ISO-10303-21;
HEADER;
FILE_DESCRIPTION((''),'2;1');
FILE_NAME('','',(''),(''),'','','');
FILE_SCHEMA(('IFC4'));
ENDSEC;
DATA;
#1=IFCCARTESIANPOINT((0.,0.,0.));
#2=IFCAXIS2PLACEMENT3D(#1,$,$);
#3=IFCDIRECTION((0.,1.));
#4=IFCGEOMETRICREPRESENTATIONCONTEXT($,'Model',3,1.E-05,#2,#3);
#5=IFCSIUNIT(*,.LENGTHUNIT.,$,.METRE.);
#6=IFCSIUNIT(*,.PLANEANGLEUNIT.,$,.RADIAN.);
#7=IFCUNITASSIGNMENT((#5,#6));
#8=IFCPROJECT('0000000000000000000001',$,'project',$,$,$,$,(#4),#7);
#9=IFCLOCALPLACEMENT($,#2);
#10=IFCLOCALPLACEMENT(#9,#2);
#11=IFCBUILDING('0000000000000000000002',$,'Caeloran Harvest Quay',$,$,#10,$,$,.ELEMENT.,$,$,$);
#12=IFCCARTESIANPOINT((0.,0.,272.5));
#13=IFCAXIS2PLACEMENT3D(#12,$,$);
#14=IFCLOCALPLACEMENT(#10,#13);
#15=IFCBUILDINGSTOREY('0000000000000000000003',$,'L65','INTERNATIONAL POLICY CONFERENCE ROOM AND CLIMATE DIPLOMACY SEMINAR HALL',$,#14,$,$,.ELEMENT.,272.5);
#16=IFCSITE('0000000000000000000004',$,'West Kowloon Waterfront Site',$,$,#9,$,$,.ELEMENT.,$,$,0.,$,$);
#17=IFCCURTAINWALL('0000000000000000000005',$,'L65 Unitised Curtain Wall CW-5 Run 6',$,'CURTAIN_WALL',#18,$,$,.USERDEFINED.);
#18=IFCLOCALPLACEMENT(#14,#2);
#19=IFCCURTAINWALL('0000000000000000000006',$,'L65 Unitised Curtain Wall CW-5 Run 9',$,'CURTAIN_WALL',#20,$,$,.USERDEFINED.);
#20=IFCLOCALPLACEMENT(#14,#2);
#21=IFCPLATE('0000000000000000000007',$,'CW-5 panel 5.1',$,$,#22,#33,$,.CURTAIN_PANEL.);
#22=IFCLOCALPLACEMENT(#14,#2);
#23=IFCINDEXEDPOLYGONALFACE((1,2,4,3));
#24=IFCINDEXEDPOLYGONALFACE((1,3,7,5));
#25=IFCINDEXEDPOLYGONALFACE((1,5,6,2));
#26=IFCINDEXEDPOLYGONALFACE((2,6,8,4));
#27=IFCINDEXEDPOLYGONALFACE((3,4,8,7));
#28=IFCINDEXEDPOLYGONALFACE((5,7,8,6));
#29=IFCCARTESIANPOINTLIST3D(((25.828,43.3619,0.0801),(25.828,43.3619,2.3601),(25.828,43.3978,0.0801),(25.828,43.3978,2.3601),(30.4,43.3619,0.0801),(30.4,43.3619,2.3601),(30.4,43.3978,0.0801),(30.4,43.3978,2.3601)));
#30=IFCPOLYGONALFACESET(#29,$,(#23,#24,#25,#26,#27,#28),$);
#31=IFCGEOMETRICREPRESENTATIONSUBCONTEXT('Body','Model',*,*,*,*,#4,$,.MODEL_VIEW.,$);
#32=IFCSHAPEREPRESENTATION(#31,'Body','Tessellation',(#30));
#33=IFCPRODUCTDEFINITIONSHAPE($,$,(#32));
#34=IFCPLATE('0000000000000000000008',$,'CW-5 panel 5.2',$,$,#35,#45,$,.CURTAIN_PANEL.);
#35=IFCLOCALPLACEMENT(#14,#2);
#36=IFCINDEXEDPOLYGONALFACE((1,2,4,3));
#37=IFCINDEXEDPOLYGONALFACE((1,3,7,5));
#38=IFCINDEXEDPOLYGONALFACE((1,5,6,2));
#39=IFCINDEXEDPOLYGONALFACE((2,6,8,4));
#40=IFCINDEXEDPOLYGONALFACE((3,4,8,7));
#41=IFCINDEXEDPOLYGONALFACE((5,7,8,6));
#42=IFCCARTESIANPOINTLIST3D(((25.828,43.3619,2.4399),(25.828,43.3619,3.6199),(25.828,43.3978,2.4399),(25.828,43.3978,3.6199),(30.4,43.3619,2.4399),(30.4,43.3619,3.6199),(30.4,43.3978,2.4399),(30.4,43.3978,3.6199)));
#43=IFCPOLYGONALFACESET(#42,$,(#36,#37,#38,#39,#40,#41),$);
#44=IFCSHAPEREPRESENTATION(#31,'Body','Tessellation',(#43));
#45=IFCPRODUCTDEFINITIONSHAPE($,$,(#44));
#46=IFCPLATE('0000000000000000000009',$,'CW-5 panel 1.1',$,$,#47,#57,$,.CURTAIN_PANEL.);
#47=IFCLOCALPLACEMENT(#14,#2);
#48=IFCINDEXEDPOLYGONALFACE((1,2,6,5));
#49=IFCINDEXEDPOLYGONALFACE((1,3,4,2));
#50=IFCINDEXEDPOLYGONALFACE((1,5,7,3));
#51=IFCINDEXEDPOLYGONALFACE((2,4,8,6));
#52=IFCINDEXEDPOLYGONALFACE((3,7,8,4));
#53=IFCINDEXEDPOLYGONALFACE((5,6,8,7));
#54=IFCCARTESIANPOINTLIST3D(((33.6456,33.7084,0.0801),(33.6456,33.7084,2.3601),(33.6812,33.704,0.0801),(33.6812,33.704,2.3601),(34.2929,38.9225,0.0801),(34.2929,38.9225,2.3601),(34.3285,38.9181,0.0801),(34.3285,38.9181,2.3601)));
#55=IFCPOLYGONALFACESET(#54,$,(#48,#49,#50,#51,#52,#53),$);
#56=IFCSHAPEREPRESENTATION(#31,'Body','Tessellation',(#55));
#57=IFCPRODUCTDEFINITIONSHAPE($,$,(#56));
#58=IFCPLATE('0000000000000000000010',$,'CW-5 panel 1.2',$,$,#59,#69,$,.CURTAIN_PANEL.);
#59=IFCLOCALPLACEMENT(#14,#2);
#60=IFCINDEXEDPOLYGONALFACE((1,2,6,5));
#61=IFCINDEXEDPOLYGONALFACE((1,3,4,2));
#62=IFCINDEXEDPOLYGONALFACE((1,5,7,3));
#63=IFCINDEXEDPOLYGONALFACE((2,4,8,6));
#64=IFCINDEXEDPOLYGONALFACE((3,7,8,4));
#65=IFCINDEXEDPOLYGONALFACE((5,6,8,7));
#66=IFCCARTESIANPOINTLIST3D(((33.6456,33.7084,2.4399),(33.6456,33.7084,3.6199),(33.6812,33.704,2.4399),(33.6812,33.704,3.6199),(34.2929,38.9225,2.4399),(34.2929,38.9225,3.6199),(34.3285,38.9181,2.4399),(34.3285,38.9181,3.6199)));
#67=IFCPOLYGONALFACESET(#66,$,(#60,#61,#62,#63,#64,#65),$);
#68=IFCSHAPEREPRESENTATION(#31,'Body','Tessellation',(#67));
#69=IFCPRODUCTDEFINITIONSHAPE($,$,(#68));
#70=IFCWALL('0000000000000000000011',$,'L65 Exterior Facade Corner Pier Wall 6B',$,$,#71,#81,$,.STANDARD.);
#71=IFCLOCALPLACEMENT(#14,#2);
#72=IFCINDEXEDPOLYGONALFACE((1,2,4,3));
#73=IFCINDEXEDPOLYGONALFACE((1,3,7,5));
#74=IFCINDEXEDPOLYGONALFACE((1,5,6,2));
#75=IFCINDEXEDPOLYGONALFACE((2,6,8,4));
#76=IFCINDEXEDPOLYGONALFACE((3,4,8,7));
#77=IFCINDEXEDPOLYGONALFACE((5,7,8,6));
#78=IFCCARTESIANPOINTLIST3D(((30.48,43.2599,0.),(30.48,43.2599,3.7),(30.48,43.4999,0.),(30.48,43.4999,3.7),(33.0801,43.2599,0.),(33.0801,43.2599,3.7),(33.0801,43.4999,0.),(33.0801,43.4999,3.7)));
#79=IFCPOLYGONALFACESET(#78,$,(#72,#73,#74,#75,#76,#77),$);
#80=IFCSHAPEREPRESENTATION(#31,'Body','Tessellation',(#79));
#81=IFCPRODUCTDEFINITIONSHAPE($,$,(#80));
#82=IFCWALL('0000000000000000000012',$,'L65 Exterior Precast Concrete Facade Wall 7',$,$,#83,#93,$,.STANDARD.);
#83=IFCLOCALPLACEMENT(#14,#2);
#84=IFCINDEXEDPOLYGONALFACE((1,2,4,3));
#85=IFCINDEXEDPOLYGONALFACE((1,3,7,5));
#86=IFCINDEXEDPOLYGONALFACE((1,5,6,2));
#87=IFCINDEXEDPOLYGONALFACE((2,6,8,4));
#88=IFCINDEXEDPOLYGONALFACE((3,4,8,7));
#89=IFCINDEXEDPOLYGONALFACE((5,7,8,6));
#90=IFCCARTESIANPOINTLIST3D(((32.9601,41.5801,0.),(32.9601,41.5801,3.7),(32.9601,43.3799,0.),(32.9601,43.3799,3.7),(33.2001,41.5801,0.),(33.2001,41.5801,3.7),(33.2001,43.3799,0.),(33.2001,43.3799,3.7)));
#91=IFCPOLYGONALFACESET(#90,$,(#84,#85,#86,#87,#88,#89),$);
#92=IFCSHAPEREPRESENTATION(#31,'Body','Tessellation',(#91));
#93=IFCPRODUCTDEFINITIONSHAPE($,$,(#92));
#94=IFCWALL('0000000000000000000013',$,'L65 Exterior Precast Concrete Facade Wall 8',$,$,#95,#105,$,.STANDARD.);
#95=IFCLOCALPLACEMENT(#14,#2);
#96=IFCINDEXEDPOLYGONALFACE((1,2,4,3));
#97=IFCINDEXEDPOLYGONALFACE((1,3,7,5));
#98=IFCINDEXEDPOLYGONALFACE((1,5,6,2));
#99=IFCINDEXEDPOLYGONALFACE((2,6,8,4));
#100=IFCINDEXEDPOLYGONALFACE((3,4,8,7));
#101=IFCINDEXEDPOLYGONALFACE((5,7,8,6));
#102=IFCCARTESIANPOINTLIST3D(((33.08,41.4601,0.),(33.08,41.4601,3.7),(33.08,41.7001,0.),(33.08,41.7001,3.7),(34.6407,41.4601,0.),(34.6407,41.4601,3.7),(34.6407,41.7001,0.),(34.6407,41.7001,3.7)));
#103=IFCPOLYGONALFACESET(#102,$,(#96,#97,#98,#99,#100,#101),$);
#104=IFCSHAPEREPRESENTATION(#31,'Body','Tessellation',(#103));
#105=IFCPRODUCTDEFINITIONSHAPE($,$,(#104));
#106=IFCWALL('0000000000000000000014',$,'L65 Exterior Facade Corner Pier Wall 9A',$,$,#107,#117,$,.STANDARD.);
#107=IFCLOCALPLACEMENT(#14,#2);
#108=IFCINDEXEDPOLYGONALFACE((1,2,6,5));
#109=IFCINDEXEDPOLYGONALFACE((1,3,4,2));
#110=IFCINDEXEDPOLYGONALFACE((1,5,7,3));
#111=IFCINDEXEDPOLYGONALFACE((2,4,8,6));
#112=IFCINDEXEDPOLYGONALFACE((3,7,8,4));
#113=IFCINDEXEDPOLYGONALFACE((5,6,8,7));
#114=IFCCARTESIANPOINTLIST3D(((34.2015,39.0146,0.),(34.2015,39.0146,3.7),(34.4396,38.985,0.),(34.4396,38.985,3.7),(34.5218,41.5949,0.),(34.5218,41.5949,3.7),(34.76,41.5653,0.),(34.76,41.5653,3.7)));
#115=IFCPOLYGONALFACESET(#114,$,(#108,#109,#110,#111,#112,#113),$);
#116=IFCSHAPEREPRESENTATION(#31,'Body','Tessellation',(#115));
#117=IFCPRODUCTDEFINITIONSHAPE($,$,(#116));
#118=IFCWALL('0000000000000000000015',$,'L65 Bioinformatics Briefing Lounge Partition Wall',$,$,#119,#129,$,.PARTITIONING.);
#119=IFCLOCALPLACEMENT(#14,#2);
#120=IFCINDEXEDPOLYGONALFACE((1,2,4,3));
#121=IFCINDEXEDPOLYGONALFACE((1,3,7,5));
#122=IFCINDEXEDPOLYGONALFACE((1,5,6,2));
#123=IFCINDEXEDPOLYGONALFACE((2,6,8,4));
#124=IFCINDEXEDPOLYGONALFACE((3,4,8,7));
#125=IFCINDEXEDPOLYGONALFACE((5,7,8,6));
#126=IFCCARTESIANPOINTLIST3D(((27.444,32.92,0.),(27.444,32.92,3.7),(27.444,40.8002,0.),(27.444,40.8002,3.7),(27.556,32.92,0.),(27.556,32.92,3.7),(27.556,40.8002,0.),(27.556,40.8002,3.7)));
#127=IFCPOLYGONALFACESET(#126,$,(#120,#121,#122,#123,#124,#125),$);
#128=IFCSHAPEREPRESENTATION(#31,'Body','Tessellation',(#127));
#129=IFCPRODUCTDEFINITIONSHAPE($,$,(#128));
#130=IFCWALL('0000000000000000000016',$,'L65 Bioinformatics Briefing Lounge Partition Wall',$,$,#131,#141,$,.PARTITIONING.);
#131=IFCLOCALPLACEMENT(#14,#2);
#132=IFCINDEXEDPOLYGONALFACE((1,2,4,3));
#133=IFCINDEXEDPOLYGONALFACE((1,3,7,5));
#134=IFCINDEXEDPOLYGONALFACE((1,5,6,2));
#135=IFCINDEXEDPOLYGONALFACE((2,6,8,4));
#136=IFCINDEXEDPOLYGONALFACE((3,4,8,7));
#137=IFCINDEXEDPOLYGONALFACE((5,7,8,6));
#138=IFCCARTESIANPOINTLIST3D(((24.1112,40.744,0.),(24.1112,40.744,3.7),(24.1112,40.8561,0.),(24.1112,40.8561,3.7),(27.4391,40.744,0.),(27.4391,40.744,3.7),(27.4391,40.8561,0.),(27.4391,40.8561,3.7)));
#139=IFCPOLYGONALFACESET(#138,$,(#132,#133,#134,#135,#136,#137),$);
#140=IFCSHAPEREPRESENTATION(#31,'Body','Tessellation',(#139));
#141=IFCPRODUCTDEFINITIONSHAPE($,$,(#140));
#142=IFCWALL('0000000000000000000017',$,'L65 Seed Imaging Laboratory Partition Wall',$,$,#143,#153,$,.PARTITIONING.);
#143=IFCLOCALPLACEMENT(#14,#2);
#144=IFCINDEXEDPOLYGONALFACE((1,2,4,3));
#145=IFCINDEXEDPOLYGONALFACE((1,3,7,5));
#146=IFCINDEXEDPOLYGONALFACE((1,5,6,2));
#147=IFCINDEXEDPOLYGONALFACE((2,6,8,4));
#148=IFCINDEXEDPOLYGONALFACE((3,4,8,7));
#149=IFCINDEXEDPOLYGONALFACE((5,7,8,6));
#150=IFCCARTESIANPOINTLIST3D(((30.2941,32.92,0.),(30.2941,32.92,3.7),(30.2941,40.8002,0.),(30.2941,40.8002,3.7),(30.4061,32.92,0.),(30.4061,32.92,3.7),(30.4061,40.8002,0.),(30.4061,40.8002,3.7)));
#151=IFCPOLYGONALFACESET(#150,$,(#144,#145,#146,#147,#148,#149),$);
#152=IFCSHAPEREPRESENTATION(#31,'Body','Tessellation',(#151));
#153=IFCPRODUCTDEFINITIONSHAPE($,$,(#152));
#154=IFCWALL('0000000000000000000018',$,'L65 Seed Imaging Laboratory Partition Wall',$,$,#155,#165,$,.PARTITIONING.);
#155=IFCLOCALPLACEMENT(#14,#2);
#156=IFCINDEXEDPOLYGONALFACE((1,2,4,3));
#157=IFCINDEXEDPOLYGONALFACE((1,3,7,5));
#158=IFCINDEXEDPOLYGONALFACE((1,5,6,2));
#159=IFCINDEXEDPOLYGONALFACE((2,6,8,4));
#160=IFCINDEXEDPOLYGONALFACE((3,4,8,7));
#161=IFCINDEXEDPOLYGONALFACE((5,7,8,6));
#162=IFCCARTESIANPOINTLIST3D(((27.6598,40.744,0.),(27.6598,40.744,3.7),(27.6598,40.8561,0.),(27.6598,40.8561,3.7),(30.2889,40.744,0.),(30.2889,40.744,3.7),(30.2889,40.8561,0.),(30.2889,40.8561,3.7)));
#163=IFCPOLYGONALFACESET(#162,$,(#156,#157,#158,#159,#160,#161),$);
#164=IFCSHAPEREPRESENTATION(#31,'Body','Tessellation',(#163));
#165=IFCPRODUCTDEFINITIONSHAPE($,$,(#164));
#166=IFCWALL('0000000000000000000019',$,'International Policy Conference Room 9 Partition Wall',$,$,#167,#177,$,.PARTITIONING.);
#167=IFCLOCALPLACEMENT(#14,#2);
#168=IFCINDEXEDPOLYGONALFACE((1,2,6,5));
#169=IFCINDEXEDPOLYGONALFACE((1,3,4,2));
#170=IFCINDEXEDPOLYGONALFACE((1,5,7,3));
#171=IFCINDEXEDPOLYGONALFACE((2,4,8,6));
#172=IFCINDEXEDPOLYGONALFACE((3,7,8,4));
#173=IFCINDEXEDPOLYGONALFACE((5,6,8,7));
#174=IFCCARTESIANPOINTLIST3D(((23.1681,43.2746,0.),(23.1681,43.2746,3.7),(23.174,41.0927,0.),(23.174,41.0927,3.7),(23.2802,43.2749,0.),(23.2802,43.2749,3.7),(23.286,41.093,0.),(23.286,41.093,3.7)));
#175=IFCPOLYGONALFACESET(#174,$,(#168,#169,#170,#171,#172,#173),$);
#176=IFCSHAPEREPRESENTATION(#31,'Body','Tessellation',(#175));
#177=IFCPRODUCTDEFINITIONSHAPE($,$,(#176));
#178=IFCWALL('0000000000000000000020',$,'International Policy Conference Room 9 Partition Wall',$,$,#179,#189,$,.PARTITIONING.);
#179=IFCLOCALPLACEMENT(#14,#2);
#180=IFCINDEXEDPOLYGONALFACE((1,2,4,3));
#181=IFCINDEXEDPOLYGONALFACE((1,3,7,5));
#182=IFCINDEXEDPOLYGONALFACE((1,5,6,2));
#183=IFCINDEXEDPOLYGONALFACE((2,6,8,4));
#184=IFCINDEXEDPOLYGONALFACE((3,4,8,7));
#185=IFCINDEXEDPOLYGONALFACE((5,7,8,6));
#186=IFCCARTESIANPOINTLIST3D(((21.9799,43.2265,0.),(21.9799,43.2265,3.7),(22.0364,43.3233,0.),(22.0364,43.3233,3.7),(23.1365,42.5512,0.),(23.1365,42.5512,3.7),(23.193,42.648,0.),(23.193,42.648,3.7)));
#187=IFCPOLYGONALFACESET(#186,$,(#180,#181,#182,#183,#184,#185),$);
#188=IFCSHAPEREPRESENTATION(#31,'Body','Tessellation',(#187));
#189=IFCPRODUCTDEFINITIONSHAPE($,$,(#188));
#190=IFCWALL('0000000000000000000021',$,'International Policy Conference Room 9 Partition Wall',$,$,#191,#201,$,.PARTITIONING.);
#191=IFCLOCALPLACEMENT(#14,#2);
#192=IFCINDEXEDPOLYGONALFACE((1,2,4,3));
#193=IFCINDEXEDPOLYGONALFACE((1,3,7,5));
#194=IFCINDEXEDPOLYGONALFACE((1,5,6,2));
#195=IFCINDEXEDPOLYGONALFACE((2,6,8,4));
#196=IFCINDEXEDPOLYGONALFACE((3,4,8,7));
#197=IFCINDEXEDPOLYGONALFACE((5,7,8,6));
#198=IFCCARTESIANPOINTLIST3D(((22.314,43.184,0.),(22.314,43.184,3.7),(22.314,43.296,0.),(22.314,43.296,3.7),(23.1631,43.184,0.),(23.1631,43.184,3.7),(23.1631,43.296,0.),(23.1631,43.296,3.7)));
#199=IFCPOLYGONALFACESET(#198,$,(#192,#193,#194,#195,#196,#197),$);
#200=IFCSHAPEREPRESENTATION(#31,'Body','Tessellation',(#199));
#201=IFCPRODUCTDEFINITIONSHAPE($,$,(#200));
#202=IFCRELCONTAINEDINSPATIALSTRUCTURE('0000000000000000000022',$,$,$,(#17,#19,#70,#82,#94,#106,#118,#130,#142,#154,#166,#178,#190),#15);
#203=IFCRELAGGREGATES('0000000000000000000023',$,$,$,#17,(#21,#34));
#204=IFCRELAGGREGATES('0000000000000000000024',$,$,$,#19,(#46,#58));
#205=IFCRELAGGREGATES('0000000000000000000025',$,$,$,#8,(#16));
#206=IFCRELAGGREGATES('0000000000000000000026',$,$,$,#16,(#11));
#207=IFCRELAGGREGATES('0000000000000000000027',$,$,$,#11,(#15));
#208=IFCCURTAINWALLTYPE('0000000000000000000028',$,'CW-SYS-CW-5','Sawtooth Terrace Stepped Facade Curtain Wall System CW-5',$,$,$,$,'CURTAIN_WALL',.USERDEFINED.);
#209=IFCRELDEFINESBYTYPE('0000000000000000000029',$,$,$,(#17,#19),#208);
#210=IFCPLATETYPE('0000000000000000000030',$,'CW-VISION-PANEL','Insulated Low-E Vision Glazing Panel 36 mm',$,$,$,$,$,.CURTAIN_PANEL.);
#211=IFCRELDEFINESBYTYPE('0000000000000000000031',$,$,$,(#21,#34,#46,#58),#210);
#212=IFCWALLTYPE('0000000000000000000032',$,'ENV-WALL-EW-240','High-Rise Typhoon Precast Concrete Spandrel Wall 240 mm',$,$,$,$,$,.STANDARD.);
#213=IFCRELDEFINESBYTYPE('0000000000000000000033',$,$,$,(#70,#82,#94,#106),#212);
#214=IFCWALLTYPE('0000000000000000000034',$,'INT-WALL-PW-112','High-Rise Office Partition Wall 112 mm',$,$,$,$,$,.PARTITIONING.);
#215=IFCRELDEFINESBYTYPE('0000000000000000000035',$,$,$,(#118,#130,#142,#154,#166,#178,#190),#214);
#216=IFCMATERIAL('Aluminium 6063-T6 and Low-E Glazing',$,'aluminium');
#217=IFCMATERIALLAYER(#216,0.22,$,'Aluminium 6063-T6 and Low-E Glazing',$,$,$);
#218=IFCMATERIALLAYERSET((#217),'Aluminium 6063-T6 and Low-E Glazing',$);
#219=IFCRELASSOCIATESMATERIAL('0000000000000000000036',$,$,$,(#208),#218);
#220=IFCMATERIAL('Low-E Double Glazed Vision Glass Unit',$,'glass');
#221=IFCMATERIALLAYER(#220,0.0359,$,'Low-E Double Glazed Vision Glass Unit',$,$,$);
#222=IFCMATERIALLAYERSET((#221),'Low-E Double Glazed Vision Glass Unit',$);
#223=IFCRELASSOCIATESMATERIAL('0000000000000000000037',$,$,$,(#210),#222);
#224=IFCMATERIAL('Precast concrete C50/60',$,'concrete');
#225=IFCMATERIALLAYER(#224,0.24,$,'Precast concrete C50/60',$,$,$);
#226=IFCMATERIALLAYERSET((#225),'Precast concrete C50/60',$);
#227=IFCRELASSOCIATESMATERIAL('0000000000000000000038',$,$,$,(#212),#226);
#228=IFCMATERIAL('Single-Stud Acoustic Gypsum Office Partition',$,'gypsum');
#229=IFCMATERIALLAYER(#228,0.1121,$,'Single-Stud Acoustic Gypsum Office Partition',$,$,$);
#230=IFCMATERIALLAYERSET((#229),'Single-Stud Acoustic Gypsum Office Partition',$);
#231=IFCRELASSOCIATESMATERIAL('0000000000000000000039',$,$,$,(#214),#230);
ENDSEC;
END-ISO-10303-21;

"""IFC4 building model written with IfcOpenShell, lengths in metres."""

from ifc_helpers import new_model, si_unit, direction, frame, frame_2d, origin, origin_2d, place, context, subcontext, project, spatial, rectangle, extrude, material, layer, layer_set, type_object, element, aggregate, save


model = new_model("IFC4")

# Units and contexts
model_context = context("Model", 3, precision=1e-05, world=origin(), true_north=direction((0.0, 1.0)))
body_context = subcontext(model_context, "Body", "Model", "MODEL_VIEW")
ifc_project = project(units=[si_unit("LENGTHUNIT", "METRE"), si_unit("PLANEANGLEUNIT", "RADIAN")], contexts=[model_context])

# Site, building, storey
site_placement = place(None, origin())
site = spatial("IfcSite", under=ifc_project, at=site_placement, Name="West Kowloon Waterfront Site", CompositionType="ELEMENT", RefElevation=0.0)
building_placement = place(site_placement, origin())
building = spatial("IfcBuilding", under=site, at=building_placement, Name="Caeloran Harvest Quay", CompositionType="ELEMENT")
storey_placement = place(building_placement, frame((0.0, 0.0, 272.5)))
storey = spatial("IfcBuildingStorey", under=building, at=storey_placement, Name="L65", Description="INTERNATIONAL POLICY CONFERENCE ROOM AND CLIMATE DIPLOMACY SEMINAR HALL", CompositionType="ELEMENT", Elevation=272.5)

# Curtain wall
ifc_material_1 = material(Name="Aluminium 6063-T6 and Low-E Glazing", Category="aluminium")
ifc_layer_1 = layer(ifc_material_1, 0.22, Name="Aluminium 6063-T6 and Low-E Glazing")
ifc_layer_set_1 = layer_set([ifc_layer_1], Name="Aluminium 6063-T6 and Low-E Glazing")
curtain_wall_type = type_object("IfcCurtainWallType", Name="CW-SYS-CW-5", Description="Sawtooth Terrace Stepped Facade Curtain Wall System CW-5", ElementType="CURTAIN_WALL", PredefinedType="USERDEFINED", material=ifc_layer_set_1)
curtain_wall_1_placement = place(storey_placement, origin())
curtain_wall_1 = element("IfcCurtainWall", 1, at=curtain_wall_1_placement, inside=storey, type_object=curtain_wall_type, Name="L65 Unitised Curtain Wall CW-5 Run 6", ObjectType="CURTAIN_WALL", PredefinedType="USERDEFINED")

# Curtain wall
curtain_wall_2_placement = place(storey_placement, origin())
curtain_wall_2 = element("IfcCurtainWall", 2, at=curtain_wall_2_placement, inside=storey, type_object=curtain_wall_type, Name="L65 Unitised Curtain Wall CW-5 Run 9", ObjectType="CURTAIN_WALL", PredefinedType="USERDEFINED")

# Plates
ifc_material_2 = material(Name="Low-E Double Glazed Vision Glass Unit", Category="glass")
ifc_layer_2 = layer(ifc_material_2, 0.0359, Name="Low-E Double Glazed Vision Glass Unit")
ifc_layer_set_2 = layer_set([ifc_layer_2], Name="Low-E Double Glazed Vision Glass Unit")
plate_type = type_object("IfcPlateType", Name="CW-VISION-PANEL", Description="Insulated Low-E Vision Glazing Panel 36 mm", PredefinedType="CURTAIN_PANEL", material=ifc_layer_set_2)
plate_1_placement = place(storey_placement, frame((28.114, 43.3799, 0.0801), z_axis=(0.0, 0.0, 1.0), x_axis=(1.0, 0.0, 0.0)))
plate_1 = element("IfcPlate", 3, at=plate_1_placement, type_object=plate_type, Name="CW-5 panel 5.1", PredefinedType="CURTAIN_PANEL", context=body_context, shape_type="SweptSolid", body=[
    extrude(rectangle(XDim=4.572, YDim=0.0359, at=origin_2d()), origin(), (0.0, 0.0, 1.0), 2.28),
])
plate_2_placement = place(storey_placement, frame((28.114, 43.3799, 2.4399), z_axis=(0.0, 0.0, 1.0), x_axis=(1.0, 0.0, 0.0)))
plate_2 = element("IfcPlate", 4, at=plate_2_placement, type_object=plate_type, Name="CW-5 panel 5.2", PredefinedType="CURTAIN_PANEL", context=body_context, shape_type="SweptSolid", body=[
    extrude(rectangle(XDim=4.572, YDim=0.0359, at=origin_2d()), origin(), (0.0, 0.0, 1.0), 1.1799),
])
aggregate(curtain_wall_1, [plate_1, plate_2])
plate_3_placement = place(storey_placement, frame((33.9871, 36.3132, 0.0801), z_axis=(0.0, 0.0, 1.0), x_axis=(-0.12319, -0.992383, 0.0)))
plate_3 = element("IfcPlate", 5, at=plate_3_placement, type_object=plate_type, Name="CW-5 panel 1.1", PredefinedType="CURTAIN_PANEL", context=body_context, shape_type="SweptSolid", body=[
    extrude(rectangle(XDim=5.2542, YDim=0.0359, at=origin_2d()), origin(), (0.0, 0.0, 1.0), 2.28),
])
plate_4_placement = place(storey_placement, frame((33.9871, 36.3132, 2.4399), z_axis=(0.0, 0.0, 1.0), x_axis=(-0.12319, -0.992383, 0.0)))
plate_4 = element("IfcPlate", 6, at=plate_4_placement, type_object=plate_type, Name="CW-5 panel 1.2", PredefinedType="CURTAIN_PANEL", context=body_context, shape_type="SweptSolid", body=[
    extrude(rectangle(XDim=5.2542, YDim=0.0359, at=origin_2d()), origin(), (0.0, 0.0, 1.0), 1.1799),
])
aggregate(curtain_wall_2, [plate_3, plate_4])

# Walls
ifc_material_3 = material(Name="Precast concrete C50/60", Category="concrete")
ifc_layer_3 = layer(ifc_material_3, 0.24, Name="Precast concrete C50/60")
ifc_layer_set_3 = layer_set([ifc_layer_3], Name="Precast concrete C50/60")
wall_type_1 = type_object("IfcWallType", Name="ENV-WALL-EW-240", Description="High-Rise Typhoon Precast Concrete Spandrel Wall 240 mm", PredefinedType="STANDARD", material=ifc_layer_set_3)
wall_1_placement = place(storey_placement, frame((30.48, 43.3799, 0.0), z_axis=(0.0, 0.0, 1.0), x_axis=(1.0, 0.0, 0.0)))
element("IfcWall", 7, at=wall_1_placement, inside=storey, type_object=wall_type_1, Name="L65 Exterior Facade Corner Pier Wall 6B", PredefinedType="STANDARD", context=body_context, shape_type="SweptSolid", body=[
    extrude(rectangle(XDim=2.6001, YDim=0.24, at=frame_2d((1.3, 0.0))), origin(), (0.0, 0.0, 1.0), 3.7),
])
wall_2_placement = place(storey_placement, frame((33.0801, 43.3799, 0.0), z_axis=(0.0, 0.0, 1.0), x_axis=(0.0, -1.0, 0.0)))
element("IfcWall", 8, at=wall_2_placement, inside=storey, type_object=wall_type_1, Name="L65 Exterior Precast Concrete Facade Wall 7", PredefinedType="STANDARD", context=body_context, shape_type="SweptSolid", body=[
    extrude(rectangle(XDim=1.7998, YDim=0.24, at=frame_2d((0.8999, 0.0))), origin(), (0.0, 0.0, 1.0), 3.7),
])
wall_3_placement = place(storey_placement, frame((33.0801, 41.5801, 0.0), z_axis=(0.0, 0.0, 1.0), x_axis=(1.0, 0.0, 0.0)))
element("IfcWall", 9, at=wall_3_placement, inside=storey, type_object=wall_type_1, Name="L65 Exterior Precast Concrete Facade Wall 8", PredefinedType="STANDARD", context=body_context, shape_type="SweptSolid", body=[
    extrude(rectangle(XDim=1.5608, YDim=0.24, at=frame_2d((0.7803, 0.0))), origin(), (0.0, 0.0, 1.0), 3.7),
])
wall_4_placement = place(storey_placement, frame((34.6409, 41.5801, 0.0), z_axis=(0.0, 0.0, 1.0), x_axis=(-0.123191, -0.992383, 0.0)))
element("IfcWall", 10, at=wall_4_placement, inside=storey, type_object=wall_type_1, Name="L65 Exterior Facade Corner Pier Wall 9A", PredefinedType="STANDARD", context=body_context, shape_type="SweptSolid", body=[
    extrude(rectangle(XDim=2.6001, YDim=0.24, at=frame_2d((1.3, 0.0))), origin(), (0.0, 0.0, 1.0), 3.7),
])
ifc_material_4 = material(Name="Single-Stud Acoustic Gypsum Office Partition", Category="gypsum")
ifc_layer_4 = layer(ifc_material_4, 0.1121, Name="Single-Stud Acoustic Gypsum Office Partition")
ifc_layer_set_4 = layer_set([ifc_layer_4], Name="Single-Stud Acoustic Gypsum Office Partition")
wall_type_2 = type_object("IfcWallType", Name="INT-WALL-PW-112", Description="High-Rise Office Partition Wall 112 mm", PredefinedType="PARTITIONING", material=ifc_layer_set_4)
wall_5_placement = place(storey_placement, frame((27.5, 40.8, 0.0), z_axis=(0.0, 0.0, 1.0), x_axis=(0.0, -1.0, 0.0)))
element("IfcWall", 11, at=wall_5_placement, inside=storey, type_object=wall_type_2, Name="L65 Bioinformatics Briefing Lounge Partition Wall", PredefinedType="PARTITIONING", context=body_context, shape_type="SweptSolid", body=[
    extrude(rectangle(XDim=7.8801, YDim=0.1121, at=frame_2d((3.9399, 0.0))), origin(), (0.0, 0.0, 1.0), 3.7),
])
wall_6_placement = place(storey_placement, frame((24.1111, 40.8, 0.0), z_axis=(0.0, 0.0, 1.0), x_axis=(1.0, 0.0, 0.0)))
element("IfcWall", 12, at=wall_6_placement, inside=storey, type_object=wall_type_2, Name="L65 Bioinformatics Briefing Lounge Partition Wall", PredefinedType="PARTITIONING", context=body_context, shape_type="SweptSolid", body=[
    extrude(rectangle(XDim=3.3279, YDim=0.1121, at=frame_2d((1.6641, 0.0))), origin(), (0.0, 0.0, 1.0), 3.7),
])
wall_7_placement = place(storey_placement, frame((30.3501, 40.8, 0.0), z_axis=(0.0, 0.0, 1.0), x_axis=(0.0, -1.0, 0.0)))
element("IfcWall", 13, at=wall_7_placement, inside=storey, type_object=wall_type_2, Name="L65 Seed Imaging Laboratory Partition Wall", PredefinedType="PARTITIONING", context=body_context, shape_type="SweptSolid", body=[
    extrude(rectangle(XDim=7.8801, YDim=0.1121, at=frame_2d((3.9399, 0.0))), origin(), (0.0, 0.0, 1.0), 3.7),
])
wall_8_placement = place(storey_placement, frame((27.6599, 40.8, 0.0), z_axis=(0.0, 0.0, 1.0), x_axis=(1.0, 0.0, 0.0)))
element("IfcWall", 14, at=wall_8_placement, inside=storey, type_object=wall_type_2, Name="L65 Seed Imaging Laboratory Partition Wall", PredefinedType="PARTITIONING", context=body_context, shape_type="SweptSolid", body=[
    extrude(rectangle(XDim=2.6292, YDim=0.1121, at=frame_2d((1.3145, 0.0))), origin(), (0.0, 0.0, 1.0), 3.7),
])
wall_9_placement = place(storey_placement, frame((23.23, 41.093, 0.0), z_axis=(0.0, 0.0, 1.0), x_axis=(-0.002685, 0.999996, 0.0)))
element("IfcWall", 15, at=wall_9_placement, inside=storey, type_object=wall_type_2, Name="International Policy Conference Room 9 Partition Wall", PredefinedType="PARTITIONING", context=body_context, shape_type="SweptSolid", body=[
    extrude(rectangle(XDim=2.1819, YDim=0.1121, at=frame_2d((1.0908, 0.0))), origin(), (0.0, 0.0, 1.0), 3.7),
])
wall_10_placement = place(storey_placement, frame((23.1648, 42.5996, 0.0), z_axis=(0.0, 0.0, 1.0), x_axis=(-0.863607, 0.504166, 0.0)))
element("IfcWall", 16, at=wall_10_placement, inside=storey, type_object=wall_type_2, Name="International Policy Conference Room 9 Partition Wall", PredefinedType="PARTITIONING", context=body_context, shape_type="SweptSolid", body=[
    extrude(rectangle(XDim=1.3394, YDim=0.1121, at=frame_2d((0.6697, 0.0))), origin(), (0.0, 0.0, 1.0), 3.7),
])
wall_11_placement = place(storey_placement, frame((22.314, 43.24, 0.0), z_axis=(0.0, 0.0, 1.0), x_axis=(1.0, 0.0, 0.0)))
element("IfcWall", 17, at=wall_11_placement, inside=storey, type_object=wall_type_2, Name="International Policy Conference Room 9 Partition Wall", PredefinedType="PARTITIONING", context=body_context, shape_type="SweptSolid", body=[
    extrude(rectangle(XDim=0.8491, YDim=0.1121, at=frame_2d((0.4246, 0.0))), origin(), (0.0, 0.0, 1.0), 3.7),
])

save(model, "model.ifc")
